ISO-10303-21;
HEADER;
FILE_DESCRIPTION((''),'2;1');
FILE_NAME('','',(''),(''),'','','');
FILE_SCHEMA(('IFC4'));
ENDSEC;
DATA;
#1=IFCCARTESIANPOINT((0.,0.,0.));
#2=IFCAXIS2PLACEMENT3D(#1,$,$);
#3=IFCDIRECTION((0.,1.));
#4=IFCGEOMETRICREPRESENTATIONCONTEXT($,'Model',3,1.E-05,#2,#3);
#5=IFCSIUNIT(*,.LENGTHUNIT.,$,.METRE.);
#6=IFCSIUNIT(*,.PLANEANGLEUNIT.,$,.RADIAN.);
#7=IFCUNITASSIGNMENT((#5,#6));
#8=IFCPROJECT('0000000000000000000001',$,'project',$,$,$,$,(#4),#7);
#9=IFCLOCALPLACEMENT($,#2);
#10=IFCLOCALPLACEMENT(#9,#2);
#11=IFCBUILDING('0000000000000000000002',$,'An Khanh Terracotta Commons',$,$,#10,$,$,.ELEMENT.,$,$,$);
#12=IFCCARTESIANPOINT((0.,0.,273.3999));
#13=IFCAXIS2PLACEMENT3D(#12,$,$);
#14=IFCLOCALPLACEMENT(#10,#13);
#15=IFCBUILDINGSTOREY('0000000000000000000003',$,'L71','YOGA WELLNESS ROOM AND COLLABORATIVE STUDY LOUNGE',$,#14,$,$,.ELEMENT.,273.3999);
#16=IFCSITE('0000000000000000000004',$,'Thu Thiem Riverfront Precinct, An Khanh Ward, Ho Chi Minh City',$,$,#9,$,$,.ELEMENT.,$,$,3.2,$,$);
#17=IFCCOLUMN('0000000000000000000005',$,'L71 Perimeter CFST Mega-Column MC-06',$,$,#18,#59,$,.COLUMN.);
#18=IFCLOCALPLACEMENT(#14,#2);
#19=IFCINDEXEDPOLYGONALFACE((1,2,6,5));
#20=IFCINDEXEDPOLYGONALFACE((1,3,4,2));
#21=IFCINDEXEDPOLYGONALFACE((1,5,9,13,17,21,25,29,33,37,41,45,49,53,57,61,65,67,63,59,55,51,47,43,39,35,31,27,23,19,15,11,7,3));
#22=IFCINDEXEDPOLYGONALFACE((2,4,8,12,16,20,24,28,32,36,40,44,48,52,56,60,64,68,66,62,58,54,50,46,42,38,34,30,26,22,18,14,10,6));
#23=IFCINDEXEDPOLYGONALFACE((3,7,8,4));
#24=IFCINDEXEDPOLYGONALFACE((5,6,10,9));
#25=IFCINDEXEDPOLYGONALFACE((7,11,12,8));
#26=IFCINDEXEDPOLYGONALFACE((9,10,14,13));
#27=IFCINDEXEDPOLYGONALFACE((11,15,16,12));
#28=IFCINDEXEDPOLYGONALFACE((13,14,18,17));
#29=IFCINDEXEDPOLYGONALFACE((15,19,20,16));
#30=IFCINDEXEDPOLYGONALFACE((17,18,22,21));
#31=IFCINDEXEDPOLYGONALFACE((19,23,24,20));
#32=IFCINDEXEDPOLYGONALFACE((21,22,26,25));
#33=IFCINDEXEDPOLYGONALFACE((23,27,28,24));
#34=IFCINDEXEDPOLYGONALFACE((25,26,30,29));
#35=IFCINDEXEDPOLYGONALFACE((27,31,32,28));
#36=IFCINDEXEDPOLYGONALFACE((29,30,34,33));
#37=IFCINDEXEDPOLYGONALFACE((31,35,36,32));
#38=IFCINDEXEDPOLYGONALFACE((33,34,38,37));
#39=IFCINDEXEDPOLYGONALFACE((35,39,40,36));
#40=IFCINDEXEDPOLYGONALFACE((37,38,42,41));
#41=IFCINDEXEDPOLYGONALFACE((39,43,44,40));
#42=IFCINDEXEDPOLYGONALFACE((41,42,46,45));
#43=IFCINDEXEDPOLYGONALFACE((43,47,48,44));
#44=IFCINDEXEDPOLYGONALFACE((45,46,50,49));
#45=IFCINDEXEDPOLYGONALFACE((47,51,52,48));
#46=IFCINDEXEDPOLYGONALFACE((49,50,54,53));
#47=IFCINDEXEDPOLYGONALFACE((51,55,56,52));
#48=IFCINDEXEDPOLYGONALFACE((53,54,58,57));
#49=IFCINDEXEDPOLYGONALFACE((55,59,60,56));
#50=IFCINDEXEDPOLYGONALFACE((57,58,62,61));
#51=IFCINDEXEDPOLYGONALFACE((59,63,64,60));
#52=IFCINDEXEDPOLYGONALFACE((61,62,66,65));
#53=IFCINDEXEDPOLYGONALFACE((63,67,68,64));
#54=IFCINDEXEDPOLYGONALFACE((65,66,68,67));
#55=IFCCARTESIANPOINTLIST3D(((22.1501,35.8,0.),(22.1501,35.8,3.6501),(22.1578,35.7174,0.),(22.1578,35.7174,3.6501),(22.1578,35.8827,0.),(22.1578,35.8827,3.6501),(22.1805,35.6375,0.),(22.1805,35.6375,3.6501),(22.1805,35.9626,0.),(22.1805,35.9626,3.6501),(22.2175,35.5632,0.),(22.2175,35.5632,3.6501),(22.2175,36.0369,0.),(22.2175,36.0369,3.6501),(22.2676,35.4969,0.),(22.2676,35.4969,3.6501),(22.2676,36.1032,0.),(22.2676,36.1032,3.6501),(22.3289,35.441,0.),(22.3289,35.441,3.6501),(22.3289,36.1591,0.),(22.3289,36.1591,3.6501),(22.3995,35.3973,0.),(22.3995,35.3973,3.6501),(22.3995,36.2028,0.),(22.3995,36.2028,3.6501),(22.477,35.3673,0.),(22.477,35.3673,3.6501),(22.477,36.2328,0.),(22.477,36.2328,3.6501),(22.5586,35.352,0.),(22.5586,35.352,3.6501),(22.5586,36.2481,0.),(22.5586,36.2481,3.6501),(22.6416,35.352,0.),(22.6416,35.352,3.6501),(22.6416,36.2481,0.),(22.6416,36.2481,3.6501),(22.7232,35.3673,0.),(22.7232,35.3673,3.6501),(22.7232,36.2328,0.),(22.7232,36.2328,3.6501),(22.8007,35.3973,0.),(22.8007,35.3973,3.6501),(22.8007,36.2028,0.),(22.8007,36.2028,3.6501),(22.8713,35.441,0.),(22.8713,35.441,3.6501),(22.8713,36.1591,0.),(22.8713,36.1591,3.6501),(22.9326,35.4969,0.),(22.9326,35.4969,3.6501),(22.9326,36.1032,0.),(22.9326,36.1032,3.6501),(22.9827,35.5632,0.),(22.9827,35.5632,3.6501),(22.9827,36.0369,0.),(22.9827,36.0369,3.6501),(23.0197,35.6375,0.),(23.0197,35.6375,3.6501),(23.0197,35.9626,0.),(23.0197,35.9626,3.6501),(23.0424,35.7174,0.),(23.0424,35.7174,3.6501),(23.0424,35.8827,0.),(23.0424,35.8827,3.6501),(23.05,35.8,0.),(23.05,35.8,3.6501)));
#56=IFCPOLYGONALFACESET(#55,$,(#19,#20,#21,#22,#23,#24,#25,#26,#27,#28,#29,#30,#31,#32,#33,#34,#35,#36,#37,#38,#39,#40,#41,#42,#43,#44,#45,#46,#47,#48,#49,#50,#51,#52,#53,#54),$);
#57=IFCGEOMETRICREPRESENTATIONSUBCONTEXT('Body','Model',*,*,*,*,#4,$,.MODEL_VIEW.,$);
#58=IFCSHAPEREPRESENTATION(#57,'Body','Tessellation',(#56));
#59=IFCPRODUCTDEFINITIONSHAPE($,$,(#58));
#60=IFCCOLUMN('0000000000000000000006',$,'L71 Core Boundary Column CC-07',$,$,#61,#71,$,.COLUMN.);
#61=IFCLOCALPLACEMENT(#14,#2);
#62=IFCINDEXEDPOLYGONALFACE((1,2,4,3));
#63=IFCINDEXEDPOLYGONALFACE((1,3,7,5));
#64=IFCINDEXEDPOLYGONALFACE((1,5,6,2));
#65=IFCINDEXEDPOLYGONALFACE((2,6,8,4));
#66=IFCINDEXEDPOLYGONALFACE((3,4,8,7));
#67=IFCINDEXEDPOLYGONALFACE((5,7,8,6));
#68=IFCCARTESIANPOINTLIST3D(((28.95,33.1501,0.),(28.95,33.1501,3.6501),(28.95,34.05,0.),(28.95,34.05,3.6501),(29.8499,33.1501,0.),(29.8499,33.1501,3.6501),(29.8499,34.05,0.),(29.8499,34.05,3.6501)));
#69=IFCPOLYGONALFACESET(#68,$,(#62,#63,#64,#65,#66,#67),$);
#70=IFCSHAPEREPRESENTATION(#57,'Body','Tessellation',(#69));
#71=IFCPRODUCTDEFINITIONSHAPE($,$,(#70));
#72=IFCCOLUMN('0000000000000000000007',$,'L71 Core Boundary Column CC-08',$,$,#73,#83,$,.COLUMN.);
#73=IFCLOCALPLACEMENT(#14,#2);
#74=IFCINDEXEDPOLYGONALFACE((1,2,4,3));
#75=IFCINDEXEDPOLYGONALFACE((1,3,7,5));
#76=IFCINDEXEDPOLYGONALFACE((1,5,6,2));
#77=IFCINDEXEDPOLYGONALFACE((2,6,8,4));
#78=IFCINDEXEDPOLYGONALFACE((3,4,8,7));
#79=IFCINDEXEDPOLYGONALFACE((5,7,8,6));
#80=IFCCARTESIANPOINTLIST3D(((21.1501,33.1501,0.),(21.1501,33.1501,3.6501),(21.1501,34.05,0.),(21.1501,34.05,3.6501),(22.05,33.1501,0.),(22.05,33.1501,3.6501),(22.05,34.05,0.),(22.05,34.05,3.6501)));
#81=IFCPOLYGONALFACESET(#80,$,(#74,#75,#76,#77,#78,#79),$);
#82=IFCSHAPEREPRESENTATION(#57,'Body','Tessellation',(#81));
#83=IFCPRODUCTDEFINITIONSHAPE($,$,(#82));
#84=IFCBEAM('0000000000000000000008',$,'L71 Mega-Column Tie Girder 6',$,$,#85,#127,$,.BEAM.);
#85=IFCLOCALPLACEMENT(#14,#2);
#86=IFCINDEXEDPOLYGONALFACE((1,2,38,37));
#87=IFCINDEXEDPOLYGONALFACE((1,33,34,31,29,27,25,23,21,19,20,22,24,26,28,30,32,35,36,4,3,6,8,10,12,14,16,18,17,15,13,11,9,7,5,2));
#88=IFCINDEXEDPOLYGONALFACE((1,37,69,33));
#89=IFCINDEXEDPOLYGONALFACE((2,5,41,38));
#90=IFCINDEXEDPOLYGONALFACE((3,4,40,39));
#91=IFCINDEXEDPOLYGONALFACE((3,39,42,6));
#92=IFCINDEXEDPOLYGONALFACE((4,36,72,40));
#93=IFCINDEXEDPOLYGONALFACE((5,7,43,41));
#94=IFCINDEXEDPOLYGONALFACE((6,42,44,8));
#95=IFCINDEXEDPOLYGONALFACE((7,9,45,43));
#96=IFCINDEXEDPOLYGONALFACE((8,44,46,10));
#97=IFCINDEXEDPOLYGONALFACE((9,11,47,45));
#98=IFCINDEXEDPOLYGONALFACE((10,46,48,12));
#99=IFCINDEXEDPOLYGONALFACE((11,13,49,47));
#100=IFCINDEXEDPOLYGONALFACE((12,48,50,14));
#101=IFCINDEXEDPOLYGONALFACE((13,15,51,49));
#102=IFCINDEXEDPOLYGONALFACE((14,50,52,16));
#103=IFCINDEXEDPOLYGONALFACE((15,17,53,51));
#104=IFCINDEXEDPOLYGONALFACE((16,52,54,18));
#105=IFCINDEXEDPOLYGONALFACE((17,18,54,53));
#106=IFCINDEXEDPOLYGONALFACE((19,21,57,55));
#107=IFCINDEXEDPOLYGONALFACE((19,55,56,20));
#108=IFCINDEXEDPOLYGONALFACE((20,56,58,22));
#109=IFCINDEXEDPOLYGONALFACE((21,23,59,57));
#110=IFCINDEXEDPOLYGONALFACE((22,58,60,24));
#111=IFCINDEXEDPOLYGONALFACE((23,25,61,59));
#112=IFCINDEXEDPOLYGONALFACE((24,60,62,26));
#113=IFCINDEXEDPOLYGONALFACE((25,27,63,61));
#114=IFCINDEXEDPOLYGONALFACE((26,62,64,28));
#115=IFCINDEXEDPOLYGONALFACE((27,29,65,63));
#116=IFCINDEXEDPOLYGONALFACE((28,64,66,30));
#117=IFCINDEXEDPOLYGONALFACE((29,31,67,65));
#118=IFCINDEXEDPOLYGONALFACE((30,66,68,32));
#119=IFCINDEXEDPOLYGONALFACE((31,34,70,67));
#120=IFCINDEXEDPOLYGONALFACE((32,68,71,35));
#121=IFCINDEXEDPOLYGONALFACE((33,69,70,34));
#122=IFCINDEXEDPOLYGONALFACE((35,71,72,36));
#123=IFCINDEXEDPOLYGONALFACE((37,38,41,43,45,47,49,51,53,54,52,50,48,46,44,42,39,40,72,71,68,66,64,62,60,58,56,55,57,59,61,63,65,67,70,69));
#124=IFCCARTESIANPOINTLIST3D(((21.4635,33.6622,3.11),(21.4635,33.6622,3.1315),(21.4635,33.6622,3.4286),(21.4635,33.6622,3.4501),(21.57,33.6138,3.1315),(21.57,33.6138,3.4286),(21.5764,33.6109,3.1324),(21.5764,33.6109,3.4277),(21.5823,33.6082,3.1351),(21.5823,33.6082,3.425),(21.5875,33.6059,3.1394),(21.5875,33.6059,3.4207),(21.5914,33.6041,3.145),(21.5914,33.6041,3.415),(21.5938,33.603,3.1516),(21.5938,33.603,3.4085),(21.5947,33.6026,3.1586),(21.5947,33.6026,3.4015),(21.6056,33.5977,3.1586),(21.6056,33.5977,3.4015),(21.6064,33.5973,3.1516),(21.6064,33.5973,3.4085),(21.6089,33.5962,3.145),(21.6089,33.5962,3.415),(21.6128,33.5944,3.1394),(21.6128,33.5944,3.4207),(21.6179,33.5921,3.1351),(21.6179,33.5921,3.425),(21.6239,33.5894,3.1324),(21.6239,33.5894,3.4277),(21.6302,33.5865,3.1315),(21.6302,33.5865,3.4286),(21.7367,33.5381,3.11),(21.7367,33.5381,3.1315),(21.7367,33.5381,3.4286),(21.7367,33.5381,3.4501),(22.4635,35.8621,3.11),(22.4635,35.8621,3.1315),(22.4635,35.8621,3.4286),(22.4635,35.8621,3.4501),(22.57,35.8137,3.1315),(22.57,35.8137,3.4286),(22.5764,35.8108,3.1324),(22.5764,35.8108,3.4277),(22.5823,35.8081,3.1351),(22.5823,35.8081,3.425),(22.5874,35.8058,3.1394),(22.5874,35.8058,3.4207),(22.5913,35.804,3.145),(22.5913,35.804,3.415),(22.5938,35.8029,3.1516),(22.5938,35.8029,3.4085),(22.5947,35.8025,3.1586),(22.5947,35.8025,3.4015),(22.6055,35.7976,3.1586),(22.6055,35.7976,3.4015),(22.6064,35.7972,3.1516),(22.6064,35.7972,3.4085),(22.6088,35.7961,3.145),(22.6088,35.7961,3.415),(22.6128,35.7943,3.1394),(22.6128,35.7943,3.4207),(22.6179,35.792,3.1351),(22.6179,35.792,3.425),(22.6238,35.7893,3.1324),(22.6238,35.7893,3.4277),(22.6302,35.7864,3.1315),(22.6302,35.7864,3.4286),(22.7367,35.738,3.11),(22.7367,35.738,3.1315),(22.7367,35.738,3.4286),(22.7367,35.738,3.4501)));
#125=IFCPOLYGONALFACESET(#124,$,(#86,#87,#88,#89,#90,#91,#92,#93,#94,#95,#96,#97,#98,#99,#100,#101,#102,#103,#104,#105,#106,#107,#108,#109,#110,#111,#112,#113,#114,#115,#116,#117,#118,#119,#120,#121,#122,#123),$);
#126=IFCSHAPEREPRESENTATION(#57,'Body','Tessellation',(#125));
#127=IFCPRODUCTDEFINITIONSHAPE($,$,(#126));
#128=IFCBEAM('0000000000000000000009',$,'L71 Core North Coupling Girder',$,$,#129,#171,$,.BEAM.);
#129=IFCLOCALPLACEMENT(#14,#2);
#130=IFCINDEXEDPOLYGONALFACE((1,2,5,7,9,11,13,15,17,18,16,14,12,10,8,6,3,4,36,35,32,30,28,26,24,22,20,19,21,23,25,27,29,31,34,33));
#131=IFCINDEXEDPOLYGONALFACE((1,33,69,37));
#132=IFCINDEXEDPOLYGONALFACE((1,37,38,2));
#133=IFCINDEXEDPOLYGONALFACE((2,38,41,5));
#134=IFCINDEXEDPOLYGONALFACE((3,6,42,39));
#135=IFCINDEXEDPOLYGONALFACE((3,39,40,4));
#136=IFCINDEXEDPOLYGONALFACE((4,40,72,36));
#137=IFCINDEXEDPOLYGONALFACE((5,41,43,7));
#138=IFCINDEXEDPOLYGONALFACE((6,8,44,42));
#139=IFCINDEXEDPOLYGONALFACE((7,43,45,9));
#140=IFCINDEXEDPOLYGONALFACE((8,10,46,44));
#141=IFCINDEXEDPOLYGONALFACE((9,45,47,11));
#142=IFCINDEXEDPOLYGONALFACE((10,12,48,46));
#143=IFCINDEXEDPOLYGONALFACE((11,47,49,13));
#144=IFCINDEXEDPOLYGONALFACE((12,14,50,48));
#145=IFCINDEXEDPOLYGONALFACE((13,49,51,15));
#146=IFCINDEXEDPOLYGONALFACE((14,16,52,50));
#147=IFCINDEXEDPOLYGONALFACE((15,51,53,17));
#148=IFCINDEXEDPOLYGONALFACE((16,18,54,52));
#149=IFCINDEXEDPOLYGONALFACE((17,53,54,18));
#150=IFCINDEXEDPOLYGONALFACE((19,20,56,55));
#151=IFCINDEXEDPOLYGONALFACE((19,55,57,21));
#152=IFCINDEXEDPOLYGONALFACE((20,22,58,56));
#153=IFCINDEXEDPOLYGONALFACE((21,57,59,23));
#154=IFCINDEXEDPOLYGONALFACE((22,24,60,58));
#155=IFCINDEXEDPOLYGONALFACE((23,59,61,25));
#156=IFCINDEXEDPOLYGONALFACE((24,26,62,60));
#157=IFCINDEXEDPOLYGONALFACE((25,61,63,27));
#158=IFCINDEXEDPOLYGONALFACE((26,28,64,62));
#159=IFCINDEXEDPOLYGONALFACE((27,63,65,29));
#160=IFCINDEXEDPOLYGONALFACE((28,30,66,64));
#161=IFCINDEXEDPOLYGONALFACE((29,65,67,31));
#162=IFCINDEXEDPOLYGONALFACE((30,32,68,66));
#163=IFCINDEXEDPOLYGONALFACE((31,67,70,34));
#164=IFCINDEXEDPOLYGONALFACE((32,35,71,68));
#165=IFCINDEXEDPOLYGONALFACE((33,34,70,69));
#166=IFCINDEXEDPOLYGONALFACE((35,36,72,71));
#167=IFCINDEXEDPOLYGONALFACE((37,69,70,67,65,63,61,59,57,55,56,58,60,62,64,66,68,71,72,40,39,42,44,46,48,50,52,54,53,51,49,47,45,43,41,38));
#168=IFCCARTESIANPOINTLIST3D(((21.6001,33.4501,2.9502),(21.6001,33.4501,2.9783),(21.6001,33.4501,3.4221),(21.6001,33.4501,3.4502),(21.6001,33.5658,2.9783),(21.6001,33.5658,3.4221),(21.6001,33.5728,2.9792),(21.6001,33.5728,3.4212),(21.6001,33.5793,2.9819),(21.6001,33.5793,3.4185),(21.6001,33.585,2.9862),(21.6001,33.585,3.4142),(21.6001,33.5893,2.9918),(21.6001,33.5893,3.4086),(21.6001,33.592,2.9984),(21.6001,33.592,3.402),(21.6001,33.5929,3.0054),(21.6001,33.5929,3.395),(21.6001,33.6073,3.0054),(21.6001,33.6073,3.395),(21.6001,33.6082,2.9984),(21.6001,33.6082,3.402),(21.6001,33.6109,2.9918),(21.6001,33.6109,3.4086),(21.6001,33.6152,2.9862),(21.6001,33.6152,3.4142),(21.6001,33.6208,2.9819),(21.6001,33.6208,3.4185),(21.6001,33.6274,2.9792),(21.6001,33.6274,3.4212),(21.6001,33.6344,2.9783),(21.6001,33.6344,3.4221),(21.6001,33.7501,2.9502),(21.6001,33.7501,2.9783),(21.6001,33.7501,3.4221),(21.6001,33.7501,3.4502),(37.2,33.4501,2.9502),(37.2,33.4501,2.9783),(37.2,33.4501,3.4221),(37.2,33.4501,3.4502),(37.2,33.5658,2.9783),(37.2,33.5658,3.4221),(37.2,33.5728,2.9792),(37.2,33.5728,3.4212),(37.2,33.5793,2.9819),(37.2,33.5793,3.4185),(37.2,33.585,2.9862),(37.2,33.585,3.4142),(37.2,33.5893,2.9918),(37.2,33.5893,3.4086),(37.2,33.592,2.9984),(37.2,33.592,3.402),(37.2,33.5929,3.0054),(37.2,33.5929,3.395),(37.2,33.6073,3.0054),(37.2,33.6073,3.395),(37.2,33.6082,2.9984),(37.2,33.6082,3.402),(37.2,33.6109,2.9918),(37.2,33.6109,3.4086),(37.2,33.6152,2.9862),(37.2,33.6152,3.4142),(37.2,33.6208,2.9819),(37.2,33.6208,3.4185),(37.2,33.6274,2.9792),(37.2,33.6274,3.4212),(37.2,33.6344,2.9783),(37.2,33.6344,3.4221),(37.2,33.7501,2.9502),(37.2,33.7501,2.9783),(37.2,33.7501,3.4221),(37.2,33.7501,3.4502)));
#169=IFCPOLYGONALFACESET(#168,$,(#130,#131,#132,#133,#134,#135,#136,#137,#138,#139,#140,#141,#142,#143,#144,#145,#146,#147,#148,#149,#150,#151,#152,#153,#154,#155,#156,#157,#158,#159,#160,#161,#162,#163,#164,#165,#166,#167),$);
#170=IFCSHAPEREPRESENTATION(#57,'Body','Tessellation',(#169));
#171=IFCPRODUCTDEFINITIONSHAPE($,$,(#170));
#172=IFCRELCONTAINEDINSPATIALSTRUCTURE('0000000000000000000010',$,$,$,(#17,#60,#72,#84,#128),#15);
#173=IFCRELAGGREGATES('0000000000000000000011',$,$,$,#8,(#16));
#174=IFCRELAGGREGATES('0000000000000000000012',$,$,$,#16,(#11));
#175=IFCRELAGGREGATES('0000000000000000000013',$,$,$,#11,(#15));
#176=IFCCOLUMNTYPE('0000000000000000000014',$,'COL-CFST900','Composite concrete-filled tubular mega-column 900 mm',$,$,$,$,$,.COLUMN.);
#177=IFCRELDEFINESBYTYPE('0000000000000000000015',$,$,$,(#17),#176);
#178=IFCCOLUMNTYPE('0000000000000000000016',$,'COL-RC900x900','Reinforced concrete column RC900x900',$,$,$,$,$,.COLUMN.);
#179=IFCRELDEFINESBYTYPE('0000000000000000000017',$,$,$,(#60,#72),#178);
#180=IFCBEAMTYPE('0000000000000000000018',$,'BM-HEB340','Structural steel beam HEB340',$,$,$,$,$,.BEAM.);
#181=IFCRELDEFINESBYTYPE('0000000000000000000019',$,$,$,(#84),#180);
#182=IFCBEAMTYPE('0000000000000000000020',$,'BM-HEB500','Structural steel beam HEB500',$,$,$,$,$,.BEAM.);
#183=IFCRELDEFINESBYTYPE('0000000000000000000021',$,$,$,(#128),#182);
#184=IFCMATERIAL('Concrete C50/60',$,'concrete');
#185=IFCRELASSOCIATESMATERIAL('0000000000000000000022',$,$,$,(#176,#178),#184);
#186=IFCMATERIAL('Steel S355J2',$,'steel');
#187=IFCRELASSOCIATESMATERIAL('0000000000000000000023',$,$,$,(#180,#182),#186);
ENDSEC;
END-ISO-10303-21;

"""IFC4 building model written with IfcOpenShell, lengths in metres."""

from ifc_helpers import new_model, si_unit, direction, frame, origin, origin_2d, place, context, subcontext, project, spatial, rectangle, circle, i_section, extrude, material, material_profile, profile_set, type_object, element, save


model = new_model("IFC4")

# Units and contexts
model_context = context("Model", 3, precision=1e-05, world=origin(), true_north=direction((0.0, 1.0)))
body_context = subcontext(model_context, "Body", "Model", "MODEL_VIEW")
ifc_project = project(units=[si_unit("LENGTHUNIT", "METRE"), si_unit("PLANEANGLEUNIT", "RADIAN")], contexts=[model_context])

# Site, building, storey
site_placement = place(None, origin())
site = spatial("IfcSite", under=ifc_project, at=site_placement, Name="Thu Thiem Riverfront Precinct, An Khanh Ward, Ho Chi Minh City", CompositionType="ELEMENT", RefElevation=3.2)
building_placement = place(site_placement, origin())
building = spatial("IfcBuilding", under=site, at=building_placement, Name="An Khanh Terracotta Commons", CompositionType="ELEMENT")
storey_placement = place(building_placement, frame((0.0, 0.0, 273.3999)))
storey = spatial("IfcBuildingStorey", under=building, at=storey_placement, Name="L71", Description="YOGA WELLNESS ROOM AND COLLABORATIVE STUDY LOUNGE", CompositionType="ELEMENT", Elevation=273.3999)

# Columns
ifc_material_1 = material(Name="Concrete C50/60", Category="concrete")
ifc_material_profile_1 = material_profile(ifc_material_1, circle(Radius=0.45, at=origin_2d()), Name="CFST900")
ifc_profile_set_1 = profile_set([ifc_material_profile_1], Name="Concrete C50/60")
column_type_1 = type_object("IfcColumnType", Name="COL-CFST900", Description="Composite concrete-filled tubular mega-column 900 mm", PredefinedType="COLUMN", material=ifc_profile_set_1)
column_placement = place(storey_placement, frame((22.6001, 35.8, 0.0), z_axis=(0.0, 0.0, 1.0), x_axis=(1.0, 0.0, 0.0)))
element("IfcColumn", 1, at=column_placement, inside=storey, type_object=column_type_1, Name="L71 Perimeter CFST Mega-Column MC-06", PredefinedType="COLUMN", context=body_context, shape_type="SweptSolid", body=[
    extrude(circle(Radius=0.45, at=origin_2d()), origin(), (0.0, 0.0, 1.0), 3.6501),
])
ifc_material_profile_2 = material_profile(ifc_material_1, rectangle(XDim=0.8999, YDim=0.8999, at=origin_2d()), Name="RC900x900")
ifc_profile_set_2 = profile_set([ifc_material_profile_2], Name="Concrete C50/60")
column_type_2 = type_object("IfcColumnType", Name="COL-RC900x900", Description="Reinforced concrete column RC900x900", PredefinedType="COLUMN", material=ifc_profile_set_2)
for number, where, z_axis, x_axis, name in (
    (2, (29.3999, 33.6001, 0.0), (0.0, 0.0, 1.0), (1.0, 0.0, 0.0), "L71 Core Boundary Column CC-07"),
    (3, (21.6001, 33.6001, 0.0), (0.0, 0.0, 1.0), (1.0, 0.0, 0.0), "L71 Core Boundary Column CC-08"),
):
    element("IfcColumn", number, at=place(storey_placement, frame(where, z_axis=z_axis, x_axis=x_axis)), inside=storey, type_object=column_type_2, Name=name, PredefinedType="COLUMN", context=body_context, shape_type="SweptSolid", body=[
        extrude(rectangle(XDim=0.8999, YDim=0.8999, at=origin_2d()), origin(), (0.0, 0.0, 1.0), 3.6501),
    ])

# Beams
ifc_material_2 = material(Name="Steel S355J2", Category="steel")
ifc_material_profile_3 = material_profile(ifc_material_2, i_section(OverallWidth=0.3, OverallDepth=0.3401, WebThickness=0.012, FlangeThickness=0.0215, FilletRadius=0.0271, at=origin_2d()), Name="HEB340")
ifc_profile_set_3 = profile_set([ifc_material_profile_3], Name="Steel S355J2")
beam_type_1 = type_object("IfcBeamType", Name="BM-HEB340", Description="Structural steel beam HEB340", PredefinedType="BEAM", material=ifc_profile_set_3)
beam_1_placement = place(storey_placement, frame((22.6001, 35.8, 3.28), z_axis=(-0.413811, -0.910363, 0.0), x_axis=(0.910363, -0.413811, 0.0)))
element("IfcBeam", 4, at=beam_1_placement, inside=storey, type_object=beam_type_1, Name="L71 Mega-Column Tie Girder 6", PredefinedType="BEAM", context=body_context, shape_type="SweptSolid", body=[
    extrude(i_section(OverallWidth=0.3, OverallDepth=0.3401, WebThickness=0.012, FlangeThickness=0.0215, FilletRadius=0.0271, at=origin_2d()), origin(), (0.0, 0.0, 1.0), 2.4165),
])
ifc_material_profile_4 = material_profile(ifc_material_2, i_section(OverallWidth=0.3, OverallDepth=0.5, WebThickness=0.0144, FlangeThickness=0.0281, FilletRadius=0.0271, at=origin_2d()), Name="HEB500")
ifc_profile_set_4 = profile_set([ifc_material_profile_4], Name="Steel S355J2")
beam_type_2 = type_object("IfcBeamType", Name="BM-HEB500", Description="Structural steel beam HEB500", PredefinedType="BEAM", material=ifc_profile_set_4)
beam_2_placement = place(storey_placement, frame((21.6001, 33.6001, 3.2002), z_axis=(1.0, 0.0, 0.0), x_axis=(0.0, 1.0, 0.0)))
element("IfcBeam", 5, at=beam_2_placement, inside=storey, type_object=beam_type_2, Name="L71 Core North Coupling Girder", PredefinedType="BEAM", context=body_context, shape_type="SweptSolid", body=[
    extrude(i_section(OverallWidth=0.3, OverallDepth=0.5, WebThickness=0.0144, FlangeThickness=0.0281, FilletRadius=0.0271, at=origin_2d()), origin(), (0.0, 0.0, 1.0), 15.5999),
])

save(model, "model.ifc")
